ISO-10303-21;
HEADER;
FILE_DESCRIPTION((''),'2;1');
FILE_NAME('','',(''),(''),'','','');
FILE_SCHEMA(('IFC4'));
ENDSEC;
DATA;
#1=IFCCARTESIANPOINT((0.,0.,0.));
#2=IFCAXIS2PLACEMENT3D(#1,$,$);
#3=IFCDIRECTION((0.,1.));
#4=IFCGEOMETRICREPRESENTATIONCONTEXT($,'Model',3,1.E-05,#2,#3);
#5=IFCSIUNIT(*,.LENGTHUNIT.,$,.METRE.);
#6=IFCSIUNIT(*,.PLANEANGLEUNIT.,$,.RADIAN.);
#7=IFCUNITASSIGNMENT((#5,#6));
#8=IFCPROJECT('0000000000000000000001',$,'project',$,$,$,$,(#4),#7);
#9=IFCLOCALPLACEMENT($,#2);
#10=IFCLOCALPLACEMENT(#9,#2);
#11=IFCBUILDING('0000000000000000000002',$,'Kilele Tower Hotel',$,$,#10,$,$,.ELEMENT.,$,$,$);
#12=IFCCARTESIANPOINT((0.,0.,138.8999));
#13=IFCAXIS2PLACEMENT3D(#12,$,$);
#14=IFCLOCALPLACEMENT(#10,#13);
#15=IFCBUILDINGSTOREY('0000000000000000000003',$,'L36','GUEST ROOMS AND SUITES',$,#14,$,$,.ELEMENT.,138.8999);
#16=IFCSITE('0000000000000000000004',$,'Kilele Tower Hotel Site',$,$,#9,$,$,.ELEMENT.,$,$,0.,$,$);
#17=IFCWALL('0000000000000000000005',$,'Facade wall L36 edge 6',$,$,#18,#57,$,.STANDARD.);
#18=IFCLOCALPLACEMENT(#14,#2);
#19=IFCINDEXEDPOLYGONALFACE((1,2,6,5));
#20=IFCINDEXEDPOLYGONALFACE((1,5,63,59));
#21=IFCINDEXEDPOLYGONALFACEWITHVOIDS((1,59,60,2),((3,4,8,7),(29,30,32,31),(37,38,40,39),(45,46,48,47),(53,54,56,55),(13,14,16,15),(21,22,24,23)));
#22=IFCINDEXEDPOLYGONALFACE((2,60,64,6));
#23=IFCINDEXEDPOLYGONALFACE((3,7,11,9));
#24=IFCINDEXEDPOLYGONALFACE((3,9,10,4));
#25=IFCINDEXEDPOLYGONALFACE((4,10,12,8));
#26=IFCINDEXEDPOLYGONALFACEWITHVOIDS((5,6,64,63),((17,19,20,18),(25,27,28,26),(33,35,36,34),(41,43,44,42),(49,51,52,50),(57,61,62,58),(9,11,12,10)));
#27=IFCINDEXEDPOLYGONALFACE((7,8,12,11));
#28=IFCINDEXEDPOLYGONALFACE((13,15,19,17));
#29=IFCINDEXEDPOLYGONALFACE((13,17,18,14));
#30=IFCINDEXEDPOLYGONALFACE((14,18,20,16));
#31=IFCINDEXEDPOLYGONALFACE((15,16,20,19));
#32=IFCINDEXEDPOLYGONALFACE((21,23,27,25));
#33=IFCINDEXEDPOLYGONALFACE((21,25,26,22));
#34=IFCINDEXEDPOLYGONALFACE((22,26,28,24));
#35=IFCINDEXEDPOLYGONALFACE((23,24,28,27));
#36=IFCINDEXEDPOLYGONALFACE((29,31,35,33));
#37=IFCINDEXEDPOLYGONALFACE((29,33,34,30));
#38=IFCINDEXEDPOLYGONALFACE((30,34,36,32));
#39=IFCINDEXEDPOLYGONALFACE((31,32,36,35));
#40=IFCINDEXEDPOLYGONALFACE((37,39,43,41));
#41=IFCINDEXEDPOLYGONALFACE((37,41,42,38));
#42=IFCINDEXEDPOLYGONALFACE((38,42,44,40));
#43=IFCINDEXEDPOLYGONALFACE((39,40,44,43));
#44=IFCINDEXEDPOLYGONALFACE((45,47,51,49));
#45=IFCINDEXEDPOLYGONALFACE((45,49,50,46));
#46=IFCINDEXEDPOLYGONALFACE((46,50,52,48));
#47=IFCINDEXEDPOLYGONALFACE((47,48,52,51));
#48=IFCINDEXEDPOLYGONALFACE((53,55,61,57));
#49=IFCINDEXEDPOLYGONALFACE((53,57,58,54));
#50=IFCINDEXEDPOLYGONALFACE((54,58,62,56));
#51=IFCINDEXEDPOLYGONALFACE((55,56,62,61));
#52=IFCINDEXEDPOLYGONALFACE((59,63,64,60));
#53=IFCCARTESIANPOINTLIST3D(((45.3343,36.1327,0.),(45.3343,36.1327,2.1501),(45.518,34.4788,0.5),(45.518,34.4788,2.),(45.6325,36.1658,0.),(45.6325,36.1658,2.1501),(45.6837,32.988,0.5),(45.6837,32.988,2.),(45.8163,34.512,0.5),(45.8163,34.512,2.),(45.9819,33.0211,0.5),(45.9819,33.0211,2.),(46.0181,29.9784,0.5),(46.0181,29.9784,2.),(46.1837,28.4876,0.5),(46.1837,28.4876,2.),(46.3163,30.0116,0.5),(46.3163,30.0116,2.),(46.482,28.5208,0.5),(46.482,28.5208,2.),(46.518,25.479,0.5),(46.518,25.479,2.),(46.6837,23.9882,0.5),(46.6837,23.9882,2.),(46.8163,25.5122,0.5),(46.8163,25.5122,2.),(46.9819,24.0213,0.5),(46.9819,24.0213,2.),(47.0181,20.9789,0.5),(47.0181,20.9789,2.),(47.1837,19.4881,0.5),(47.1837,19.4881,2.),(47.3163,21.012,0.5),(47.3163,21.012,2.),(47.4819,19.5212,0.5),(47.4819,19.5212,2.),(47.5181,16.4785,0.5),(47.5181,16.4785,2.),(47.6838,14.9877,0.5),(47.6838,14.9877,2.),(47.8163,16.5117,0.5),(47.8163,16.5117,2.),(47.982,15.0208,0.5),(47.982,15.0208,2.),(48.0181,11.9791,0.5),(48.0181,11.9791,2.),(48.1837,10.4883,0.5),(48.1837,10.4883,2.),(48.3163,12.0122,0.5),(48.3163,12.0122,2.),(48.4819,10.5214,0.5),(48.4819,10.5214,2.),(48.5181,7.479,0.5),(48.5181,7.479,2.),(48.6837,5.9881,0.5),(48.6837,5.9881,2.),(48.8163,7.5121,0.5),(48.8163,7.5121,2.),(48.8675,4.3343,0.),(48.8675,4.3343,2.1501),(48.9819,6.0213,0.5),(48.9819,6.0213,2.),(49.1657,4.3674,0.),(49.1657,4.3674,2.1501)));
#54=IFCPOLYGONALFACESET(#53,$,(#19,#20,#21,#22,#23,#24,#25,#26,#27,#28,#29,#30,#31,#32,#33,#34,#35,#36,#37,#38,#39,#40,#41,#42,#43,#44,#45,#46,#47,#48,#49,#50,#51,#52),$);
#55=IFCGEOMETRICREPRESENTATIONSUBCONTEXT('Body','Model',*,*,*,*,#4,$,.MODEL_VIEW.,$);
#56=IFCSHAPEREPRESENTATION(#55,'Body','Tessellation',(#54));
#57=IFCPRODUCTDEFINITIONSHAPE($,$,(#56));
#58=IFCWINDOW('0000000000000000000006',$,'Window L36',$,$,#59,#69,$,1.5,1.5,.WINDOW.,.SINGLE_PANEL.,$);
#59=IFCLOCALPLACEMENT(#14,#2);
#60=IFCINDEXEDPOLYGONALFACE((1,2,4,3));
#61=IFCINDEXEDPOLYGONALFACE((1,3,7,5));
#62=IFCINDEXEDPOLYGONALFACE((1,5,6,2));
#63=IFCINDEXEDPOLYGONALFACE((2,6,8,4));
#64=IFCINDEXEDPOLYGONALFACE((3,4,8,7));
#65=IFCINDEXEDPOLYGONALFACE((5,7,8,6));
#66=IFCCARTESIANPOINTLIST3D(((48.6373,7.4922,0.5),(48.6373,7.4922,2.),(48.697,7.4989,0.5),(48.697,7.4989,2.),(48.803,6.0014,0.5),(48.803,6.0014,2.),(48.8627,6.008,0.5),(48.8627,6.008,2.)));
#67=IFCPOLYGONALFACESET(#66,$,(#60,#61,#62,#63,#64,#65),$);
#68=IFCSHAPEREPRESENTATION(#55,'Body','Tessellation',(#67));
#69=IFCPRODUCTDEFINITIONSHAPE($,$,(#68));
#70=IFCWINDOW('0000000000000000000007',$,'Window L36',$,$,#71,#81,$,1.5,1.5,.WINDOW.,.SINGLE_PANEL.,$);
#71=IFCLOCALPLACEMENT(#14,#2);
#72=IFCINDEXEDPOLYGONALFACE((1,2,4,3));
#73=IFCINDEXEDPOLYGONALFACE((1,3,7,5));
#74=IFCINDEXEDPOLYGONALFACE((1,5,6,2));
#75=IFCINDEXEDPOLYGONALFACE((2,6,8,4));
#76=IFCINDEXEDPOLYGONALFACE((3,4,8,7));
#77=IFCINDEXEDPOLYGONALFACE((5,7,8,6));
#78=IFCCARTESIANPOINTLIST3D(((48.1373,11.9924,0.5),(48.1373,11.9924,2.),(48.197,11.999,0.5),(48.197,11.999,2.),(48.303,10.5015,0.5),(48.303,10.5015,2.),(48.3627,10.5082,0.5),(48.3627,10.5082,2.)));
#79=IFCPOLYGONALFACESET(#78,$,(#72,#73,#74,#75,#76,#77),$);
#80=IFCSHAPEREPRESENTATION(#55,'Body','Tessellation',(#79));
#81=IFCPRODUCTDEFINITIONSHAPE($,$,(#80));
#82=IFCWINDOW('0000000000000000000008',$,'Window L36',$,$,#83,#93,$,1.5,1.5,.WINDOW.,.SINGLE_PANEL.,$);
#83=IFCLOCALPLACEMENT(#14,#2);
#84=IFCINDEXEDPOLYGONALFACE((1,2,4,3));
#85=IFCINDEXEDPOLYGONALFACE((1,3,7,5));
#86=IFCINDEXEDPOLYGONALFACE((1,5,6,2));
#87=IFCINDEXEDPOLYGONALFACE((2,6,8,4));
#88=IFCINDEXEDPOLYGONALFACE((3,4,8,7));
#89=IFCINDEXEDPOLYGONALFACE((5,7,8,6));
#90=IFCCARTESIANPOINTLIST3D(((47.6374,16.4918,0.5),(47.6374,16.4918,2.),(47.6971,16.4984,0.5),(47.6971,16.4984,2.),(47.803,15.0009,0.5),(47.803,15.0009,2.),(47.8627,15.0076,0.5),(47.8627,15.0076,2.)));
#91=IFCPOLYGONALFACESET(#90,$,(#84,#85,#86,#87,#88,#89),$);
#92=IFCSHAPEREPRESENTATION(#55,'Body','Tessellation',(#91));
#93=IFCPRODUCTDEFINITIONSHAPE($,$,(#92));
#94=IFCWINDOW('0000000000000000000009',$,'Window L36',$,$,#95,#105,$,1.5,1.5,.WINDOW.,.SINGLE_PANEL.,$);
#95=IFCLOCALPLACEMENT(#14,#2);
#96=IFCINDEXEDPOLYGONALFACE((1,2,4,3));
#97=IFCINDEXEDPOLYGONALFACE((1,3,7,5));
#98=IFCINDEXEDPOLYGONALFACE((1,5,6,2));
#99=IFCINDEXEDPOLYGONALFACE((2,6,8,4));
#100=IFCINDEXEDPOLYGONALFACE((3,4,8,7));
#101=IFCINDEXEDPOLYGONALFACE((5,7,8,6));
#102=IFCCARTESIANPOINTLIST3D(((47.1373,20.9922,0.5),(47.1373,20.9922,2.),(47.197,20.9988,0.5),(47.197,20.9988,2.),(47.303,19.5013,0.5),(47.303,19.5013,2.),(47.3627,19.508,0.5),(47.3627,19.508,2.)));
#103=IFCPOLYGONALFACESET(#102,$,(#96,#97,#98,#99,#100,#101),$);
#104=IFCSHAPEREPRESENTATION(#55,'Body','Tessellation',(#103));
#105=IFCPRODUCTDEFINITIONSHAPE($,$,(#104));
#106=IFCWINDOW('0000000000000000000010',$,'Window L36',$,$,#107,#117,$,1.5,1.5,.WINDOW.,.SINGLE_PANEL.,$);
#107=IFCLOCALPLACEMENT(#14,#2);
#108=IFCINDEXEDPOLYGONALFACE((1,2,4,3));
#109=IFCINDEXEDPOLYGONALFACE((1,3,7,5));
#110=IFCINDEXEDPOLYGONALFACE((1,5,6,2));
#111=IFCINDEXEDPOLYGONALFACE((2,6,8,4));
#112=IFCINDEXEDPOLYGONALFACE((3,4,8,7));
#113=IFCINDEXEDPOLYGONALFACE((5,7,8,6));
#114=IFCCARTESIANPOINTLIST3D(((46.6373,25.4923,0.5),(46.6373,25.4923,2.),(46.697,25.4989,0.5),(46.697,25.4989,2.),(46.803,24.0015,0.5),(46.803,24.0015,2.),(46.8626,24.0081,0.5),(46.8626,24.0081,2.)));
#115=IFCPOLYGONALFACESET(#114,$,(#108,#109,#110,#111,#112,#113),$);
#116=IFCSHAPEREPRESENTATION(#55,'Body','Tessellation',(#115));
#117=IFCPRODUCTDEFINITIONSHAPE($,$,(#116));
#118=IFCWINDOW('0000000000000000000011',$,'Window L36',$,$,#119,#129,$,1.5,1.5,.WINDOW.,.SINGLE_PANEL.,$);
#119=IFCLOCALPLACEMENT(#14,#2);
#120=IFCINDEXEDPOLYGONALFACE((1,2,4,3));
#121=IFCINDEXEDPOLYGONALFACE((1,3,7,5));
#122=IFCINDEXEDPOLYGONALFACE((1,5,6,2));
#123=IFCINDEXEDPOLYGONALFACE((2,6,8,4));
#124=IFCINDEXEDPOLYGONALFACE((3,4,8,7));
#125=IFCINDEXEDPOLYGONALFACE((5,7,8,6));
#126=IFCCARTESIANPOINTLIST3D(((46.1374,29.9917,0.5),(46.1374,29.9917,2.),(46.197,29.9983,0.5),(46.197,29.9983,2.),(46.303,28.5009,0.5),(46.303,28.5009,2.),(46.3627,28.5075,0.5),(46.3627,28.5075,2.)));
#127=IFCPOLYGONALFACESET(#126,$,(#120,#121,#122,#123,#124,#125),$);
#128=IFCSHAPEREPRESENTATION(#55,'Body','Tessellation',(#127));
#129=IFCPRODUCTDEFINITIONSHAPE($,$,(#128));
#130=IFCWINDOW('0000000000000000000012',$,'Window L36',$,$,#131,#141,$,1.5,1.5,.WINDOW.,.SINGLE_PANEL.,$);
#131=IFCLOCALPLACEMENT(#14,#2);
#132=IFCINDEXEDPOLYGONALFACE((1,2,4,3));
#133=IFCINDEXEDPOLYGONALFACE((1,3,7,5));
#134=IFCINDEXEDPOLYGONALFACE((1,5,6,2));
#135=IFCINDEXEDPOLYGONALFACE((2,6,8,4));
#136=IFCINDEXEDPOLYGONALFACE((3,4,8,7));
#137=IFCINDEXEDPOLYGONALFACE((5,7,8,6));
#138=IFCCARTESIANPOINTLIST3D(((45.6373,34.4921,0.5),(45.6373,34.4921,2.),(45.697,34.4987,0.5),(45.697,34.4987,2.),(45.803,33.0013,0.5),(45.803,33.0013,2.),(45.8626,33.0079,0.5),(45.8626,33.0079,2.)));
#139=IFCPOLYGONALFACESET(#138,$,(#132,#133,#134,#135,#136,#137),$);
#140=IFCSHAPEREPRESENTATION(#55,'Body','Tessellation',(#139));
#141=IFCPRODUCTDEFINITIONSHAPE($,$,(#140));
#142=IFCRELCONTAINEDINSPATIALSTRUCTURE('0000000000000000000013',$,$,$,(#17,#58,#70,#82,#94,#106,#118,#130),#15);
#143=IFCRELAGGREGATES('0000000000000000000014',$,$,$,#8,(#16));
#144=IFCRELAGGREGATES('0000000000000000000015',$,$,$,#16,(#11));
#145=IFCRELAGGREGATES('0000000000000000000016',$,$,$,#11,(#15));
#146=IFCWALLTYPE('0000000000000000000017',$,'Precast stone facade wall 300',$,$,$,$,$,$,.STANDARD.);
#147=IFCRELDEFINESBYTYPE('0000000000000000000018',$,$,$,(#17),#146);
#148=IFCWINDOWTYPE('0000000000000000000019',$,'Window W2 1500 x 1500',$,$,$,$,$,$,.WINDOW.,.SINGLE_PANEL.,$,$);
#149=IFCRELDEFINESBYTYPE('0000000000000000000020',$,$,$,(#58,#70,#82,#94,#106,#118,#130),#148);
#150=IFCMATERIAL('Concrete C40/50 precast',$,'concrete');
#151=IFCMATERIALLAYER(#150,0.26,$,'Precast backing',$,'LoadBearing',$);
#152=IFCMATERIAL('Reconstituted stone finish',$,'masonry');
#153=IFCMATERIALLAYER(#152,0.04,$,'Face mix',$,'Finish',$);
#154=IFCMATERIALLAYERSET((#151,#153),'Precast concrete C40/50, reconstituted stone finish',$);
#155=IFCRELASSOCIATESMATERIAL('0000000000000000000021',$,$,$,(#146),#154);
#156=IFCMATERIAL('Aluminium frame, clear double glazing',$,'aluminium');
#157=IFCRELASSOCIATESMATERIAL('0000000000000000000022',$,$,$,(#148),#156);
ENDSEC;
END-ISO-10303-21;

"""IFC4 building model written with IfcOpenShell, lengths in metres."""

from ifc_helpers import new_model, si_unit, direction, frame, frame_2d, origin, place, context, subcontext, project, spatial, rectangle, extrude, material, layer, layer_set, type_object, element, fill, save


model = new_model("IFC4")

# Units and contexts
model_context = context("Model", 3, precision=1e-05, world=origin(), true_north=direction((0.0, 1.0)))
body_context = subcontext(model_context, "Body", "Model", "MODEL_VIEW")
ifc_project = project(units=[si_unit("LENGTHUNIT", "METRE"), si_unit("PLANEANGLEUNIT", "RADIAN")], contexts=[model_context])

# Site, building, storey
site_placement = place(None, origin())
site = spatial("IfcSite", under=ifc_project, at=site_placement, Name="Kilele Tower Hotel Site", CompositionType="ELEMENT", RefElevation=0.0)
building_placement = place(site_placement, origin())
building = spatial("IfcBuilding", under=site, at=building_placement, Name="Kilele Tower Hotel", CompositionType="ELEMENT")
storey_placement = place(building_placement, frame((0.0, 0.0, 138.8999)))
storey = spatial("IfcBuildingStorey", under=building, at=storey_placement, Name="L36", Description="GUEST ROOMS AND SUITES", CompositionType="ELEMENT", Elevation=138.8999)

# Shared definitions
ifc_material_1 = material(Name="Concrete C40/50 precast", Category="concrete")
ifc_layer_1 = layer(ifc_material_1, 0.26, Name="Precast backing", Category="LoadBearing")
ifc_material_2 = material(Name="Reconstituted stone finish", Category="masonry")
ifc_layer_2 = layer(ifc_material_2, 0.04, Name="Face mix", Category="Finish")
ifc_layer_set_1 = layer_set([ifc_layer_1, ifc_layer_2], Name="Precast concrete C40/50, reconstituted stone finish")
wall_type_1 = type_object("IfcWallType", Name="Precast stone facade wall 300", PredefinedType="STANDARD", material=ifc_layer_set_1)
ifc_material_3 = material(Name="Aluminium frame, clear double glazing", Category="aluminium")
window_type = type_object("IfcWindowType", Name="Window W2 1500 x 1500", PartitioningType="SINGLE_PANEL", PredefinedType="WINDOW", material=ifc_material_3)

# Wall, openings, windows
wall_1_placement = place(storey_placement, frame((49.0166, 4.3508, 0.0), z_axis=(0.0, 0.0, 1.0), x_axis=(-0.110433, 0.993884, 0.0)))
wall_1 = element("IfcWall", 1, at=wall_1_placement, inside=storey, type_object=wall_type_1, Name="Facade wall L36 edge 6", PredefinedType="STANDARD", context=body_context, shape_type="SweptSolid", body=[
    extrude(rectangle(XDim=31.9941, YDim=0.3, at=frame_2d((15.9971, 0.0))), origin(), (0.0, 0.0, 1.0), 2.1501),
])
opening_1_placement = place(wall_1_placement, frame((1.6641, 0.0, 0.5)))
opening_1 = element("IfcOpeningElement", 2, at=opening_1_placement, cuts=wall_1, PredefinedType="OPENING", context=body_context, shape_type="SweptSolid", body=[
    extrude(rectangle(XDim=1.5, YDim=1.5, at=frame_2d((0.75, 0.75))), frame((0.0, 0.1599, 0.0), z_axis=(0.0, -1.0, 0.0), x_axis=(1.0, 0.0, 0.0)), (0.0, 0.0, 1.0), 0.3201),
])
opening_2_placement = place(wall_1_placement, frame((6.1919, 0.0, 0.5)))
opening_2 = element("IfcOpeningElement", 3, at=opening_2_placement, cuts=wall_1, PredefinedType="OPENING", context=body_context, shape_type="SweptSolid", body=[
    extrude(rectangle(XDim=1.5, YDim=1.5, at=frame_2d((0.75, 0.75))), frame((0.0, 0.1599, 0.0), z_axis=(0.0, -1.0, 0.0), x_axis=(1.0, 0.0, 0.0)), (0.0, 0.0, 1.0), 0.3201),
])
opening_3_placement = place(wall_1_placement, frame((10.719, 0.0, 0.5)))
opening_3 = element("IfcOpeningElement", 4, at=opening_3_placement, cuts=wall_1, PredefinedType="OPENING", context=body_context, shape_type="SweptSolid", body=[
    extrude(rectangle(XDim=1.5, YDim=1.5, at=frame_2d((0.75, 0.75))), frame((0.0, 0.1599, 0.0), z_axis=(0.0, -1.0, 0.0), x_axis=(1.0, 0.0, 0.0)), (0.0, 0.0, 1.0), 0.3201),
])
opening_4_placement = place(wall_1_placement, frame((15.2471, 0.0, 0.5)))
opening_4 = element("IfcOpeningElement", 5, at=opening_4_placement, cuts=wall_1, PredefinedType="OPENING", context=body_context, shape_type="SweptSolid", body=[
    extrude(rectangle(XDim=1.5, YDim=1.5, at=frame_2d((0.75, 0.75))), frame((0.0, 0.1599, 0.0), z_axis=(0.0, -1.0, 0.0), x_axis=(1.0, 0.0, 0.0)), (0.0, 0.0, 1.0), 0.3201),
])
opening_5_placement = place(wall_1_placement, frame((19.7749, 0.0, 0.5)))
opening_5 = element("IfcOpeningElement", 6, at=opening_5_placement, cuts=wall_1, PredefinedType="OPENING", context=body_context, shape_type="SweptSolid", body=[
    extrude(rectangle(XDim=1.5, YDim=1.5, at=frame_2d((0.75, 0.75))), frame((0.0, 0.1599, 0.0), z_axis=(0.0, -1.0, 0.0), x_axis=(1.0, 0.0, 0.0)), (0.0, 0.0, 1.0), 0.3201),
])
opening_6_placement = place(wall_1_placement, frame((24.302, 0.0, 0.5)))
opening_6 = element("IfcOpeningElement", 7, at=opening_6_placement, cuts=wall_1, PredefinedType="OPENING", context=body_context, shape_type="SweptSolid", body=[
    extrude(rectangle(XDim=1.5, YDim=1.5, at=frame_2d((0.75, 0.75))), frame((0.0, 0.1599, 0.0), z_axis=(0.0, -1.0, 0.0), x_axis=(1.0, 0.0, 0.0)), (0.0, 0.0, 1.0), 0.3201),
])
opening_7_placement = place(wall_1_placement, frame((28.8301, 0.0, 0.5)))
opening_7 = element("IfcOpeningElement", 8, at=opening_7_placement, cuts=wall_1, PredefinedType="OPENING", context=body_context, shape_type="SweptSolid", body=[
    extrude(rectangle(XDim=1.5, YDim=1.5, at=frame_2d((0.75, 0.75))), frame((0.0, 0.1599, 0.0), z_axis=(0.0, -1.0, 0.0), x_axis=(1.0, 0.0, 0.0)), (0.0, 0.0, 1.0), 0.3201),
])
window_1_placement = place(opening_1_placement, origin())
window_1 = element("IfcWindow", 9, at=window_1_placement, inside=storey, type_object=window_type, Name="Window L36", OverallHeight=1.5, OverallWidth=1.5, PartitioningType="SINGLE_PANEL", PredefinedType="WINDOW", context=body_context, shape_type="SweptSolid", body=[
    extrude(rectangle(XDim=1.5, YDim=1.5, at=frame_2d((0.75, 0.75))), frame((0.0, 0.03, 0.0), z_axis=(0.0, -1.0, 0.0), x_axis=(1.0, 0.0, 0.0)), (0.0, 0.0, 1.0), 0.0601),
])
fill(opening_1, window_1)
window_2_placement = place(opening_2_placement, origin())
window_2 = element("IfcWindow", 10, at=window_2_placement, inside=storey, type_object=window_type, Name="Window L36", OverallHeight=1.5, OverallWidth=1.5, PartitioningType="SINGLE_PANEL", PredefinedType="WINDOW", context=body_context, shape_type="SweptSolid", body=[
    extrude(rectangle(XDim=1.5, YDim=1.5, at=frame_2d((0.75, 0.75))), frame((0.0, 0.03, 0.0), z_axis=(0.0, -1.0, 0.0), x_axis=(1.0, 0.0, 0.0)), (0.0, 0.0, 1.0), 0.0601),
])
fill(opening_2, window_2)
window_3_placement = place(opening_3_placement, origin())
window_3 = element("IfcWindow", 11, at=window_3_placement, inside=storey, type_object=window_type, Name="Window L36", OverallHeight=1.5, OverallWidth=1.5, PartitioningType="SINGLE_PANEL", PredefinedType="WINDOW", context=body_context, shape_type="SweptSolid", body=[
    extrude(rectangle(XDim=1.5, YDim=1.5, at=frame_2d((0.75, 0.75))), frame((0.0, 0.03, 0.0), z_axis=(0.0, -1.0, 0.0), x_axis=(1.0, 0.0, 0.0)), (0.0, 0.0, 1.0), 0.0601),
])
fill(opening_3, window_3)
window_4_placement = place(opening_4_placement, origin())
window_4 = element("IfcWindow", 12, at=window_4_placement, inside=storey, type_object=window_type, Name="Window L36", OverallHeight=1.5, OverallWidth=1.5, PartitioningType="SINGLE_PANEL", PredefinedType="WINDOW", context=body_context, shape_type="SweptSolid", body=[
    extrude(rectangle(XDim=1.5, YDim=1.5, at=frame_2d((0.75, 0.75))), frame((0.0, 0.03, 0.0), z_axis=(0.0, -1.0, 0.0), x_axis=(1.0, 0.0, 0.0)), (0.0, 0.0, 1.0), 0.0601),
])
fill(opening_4, window_4)
window_5_placement = place(opening_5_placement, origin())
window_5 = element("IfcWindow", 13, at=window_5_placement, inside=storey, type_object=window_type, Name="Window L36", OverallHeight=1.5, OverallWidth=1.5, PartitioningType="SINGLE_PANEL", PredefinedType="WINDOW", context=body_context, shape_type="SweptSolid", body=[
    extrude(rectangle(XDim=1.5, YDim=1.5, at=frame_2d((0.75, 0.75))), frame((0.0, 0.03, 0.0), z_axis=(0.0, -1.0, 0.0), x_axis=(1.0, 0.0, 0.0)), (0.0, 0.0, 1.0), 0.0601),
])
fill(opening_5, window_5)
window_6_placement = place(opening_6_placement, origin())
window_6 = element("IfcWindow", 14, at=window_6_placement, inside=storey, type_object=window_type, Name="Window L36", OverallHeight=1.5, OverallWidth=1.5, PartitioningType="SINGLE_PANEL", PredefinedType="WINDOW", context=body_context, shape_type="SweptSolid", body=[
    extrude(rectangle(XDim=1.5, YDim=1.5, at=frame_2d((0.75, 0.75))), frame((0.0, 0.03, 0.0), z_axis=(0.0, -1.0, 0.0), x_axis=(1.0, 0.0, 0.0)), (0.0, 0.0, 1.0), 0.0601),
])
fill(opening_6, window_6)
window_7_placement = place(opening_7_placement, origin())
window_7 = element("IfcWindow", 15, at=window_7_placement, inside=storey, type_object=window_type, Name="Window L36", OverallHeight=1.5, OverallWidth=1.5, PartitioningType="SINGLE_PANEL", PredefinedType="WINDOW", context=body_context, shape_type="SweptSolid", body=[
    extrude(rectangle(XDim=1.5, YDim=1.5, at=frame_2d((0.75, 0.75))), frame((0.0, 0.03, 0.0), z_axis=(0.0, -1.0, 0.0), x_axis=(1.0, 0.0, 0.0)), (0.0, 0.0, 1.0), 0.0601),
])
fill(opening_7, window_7)

save(model, "model.ifc")
